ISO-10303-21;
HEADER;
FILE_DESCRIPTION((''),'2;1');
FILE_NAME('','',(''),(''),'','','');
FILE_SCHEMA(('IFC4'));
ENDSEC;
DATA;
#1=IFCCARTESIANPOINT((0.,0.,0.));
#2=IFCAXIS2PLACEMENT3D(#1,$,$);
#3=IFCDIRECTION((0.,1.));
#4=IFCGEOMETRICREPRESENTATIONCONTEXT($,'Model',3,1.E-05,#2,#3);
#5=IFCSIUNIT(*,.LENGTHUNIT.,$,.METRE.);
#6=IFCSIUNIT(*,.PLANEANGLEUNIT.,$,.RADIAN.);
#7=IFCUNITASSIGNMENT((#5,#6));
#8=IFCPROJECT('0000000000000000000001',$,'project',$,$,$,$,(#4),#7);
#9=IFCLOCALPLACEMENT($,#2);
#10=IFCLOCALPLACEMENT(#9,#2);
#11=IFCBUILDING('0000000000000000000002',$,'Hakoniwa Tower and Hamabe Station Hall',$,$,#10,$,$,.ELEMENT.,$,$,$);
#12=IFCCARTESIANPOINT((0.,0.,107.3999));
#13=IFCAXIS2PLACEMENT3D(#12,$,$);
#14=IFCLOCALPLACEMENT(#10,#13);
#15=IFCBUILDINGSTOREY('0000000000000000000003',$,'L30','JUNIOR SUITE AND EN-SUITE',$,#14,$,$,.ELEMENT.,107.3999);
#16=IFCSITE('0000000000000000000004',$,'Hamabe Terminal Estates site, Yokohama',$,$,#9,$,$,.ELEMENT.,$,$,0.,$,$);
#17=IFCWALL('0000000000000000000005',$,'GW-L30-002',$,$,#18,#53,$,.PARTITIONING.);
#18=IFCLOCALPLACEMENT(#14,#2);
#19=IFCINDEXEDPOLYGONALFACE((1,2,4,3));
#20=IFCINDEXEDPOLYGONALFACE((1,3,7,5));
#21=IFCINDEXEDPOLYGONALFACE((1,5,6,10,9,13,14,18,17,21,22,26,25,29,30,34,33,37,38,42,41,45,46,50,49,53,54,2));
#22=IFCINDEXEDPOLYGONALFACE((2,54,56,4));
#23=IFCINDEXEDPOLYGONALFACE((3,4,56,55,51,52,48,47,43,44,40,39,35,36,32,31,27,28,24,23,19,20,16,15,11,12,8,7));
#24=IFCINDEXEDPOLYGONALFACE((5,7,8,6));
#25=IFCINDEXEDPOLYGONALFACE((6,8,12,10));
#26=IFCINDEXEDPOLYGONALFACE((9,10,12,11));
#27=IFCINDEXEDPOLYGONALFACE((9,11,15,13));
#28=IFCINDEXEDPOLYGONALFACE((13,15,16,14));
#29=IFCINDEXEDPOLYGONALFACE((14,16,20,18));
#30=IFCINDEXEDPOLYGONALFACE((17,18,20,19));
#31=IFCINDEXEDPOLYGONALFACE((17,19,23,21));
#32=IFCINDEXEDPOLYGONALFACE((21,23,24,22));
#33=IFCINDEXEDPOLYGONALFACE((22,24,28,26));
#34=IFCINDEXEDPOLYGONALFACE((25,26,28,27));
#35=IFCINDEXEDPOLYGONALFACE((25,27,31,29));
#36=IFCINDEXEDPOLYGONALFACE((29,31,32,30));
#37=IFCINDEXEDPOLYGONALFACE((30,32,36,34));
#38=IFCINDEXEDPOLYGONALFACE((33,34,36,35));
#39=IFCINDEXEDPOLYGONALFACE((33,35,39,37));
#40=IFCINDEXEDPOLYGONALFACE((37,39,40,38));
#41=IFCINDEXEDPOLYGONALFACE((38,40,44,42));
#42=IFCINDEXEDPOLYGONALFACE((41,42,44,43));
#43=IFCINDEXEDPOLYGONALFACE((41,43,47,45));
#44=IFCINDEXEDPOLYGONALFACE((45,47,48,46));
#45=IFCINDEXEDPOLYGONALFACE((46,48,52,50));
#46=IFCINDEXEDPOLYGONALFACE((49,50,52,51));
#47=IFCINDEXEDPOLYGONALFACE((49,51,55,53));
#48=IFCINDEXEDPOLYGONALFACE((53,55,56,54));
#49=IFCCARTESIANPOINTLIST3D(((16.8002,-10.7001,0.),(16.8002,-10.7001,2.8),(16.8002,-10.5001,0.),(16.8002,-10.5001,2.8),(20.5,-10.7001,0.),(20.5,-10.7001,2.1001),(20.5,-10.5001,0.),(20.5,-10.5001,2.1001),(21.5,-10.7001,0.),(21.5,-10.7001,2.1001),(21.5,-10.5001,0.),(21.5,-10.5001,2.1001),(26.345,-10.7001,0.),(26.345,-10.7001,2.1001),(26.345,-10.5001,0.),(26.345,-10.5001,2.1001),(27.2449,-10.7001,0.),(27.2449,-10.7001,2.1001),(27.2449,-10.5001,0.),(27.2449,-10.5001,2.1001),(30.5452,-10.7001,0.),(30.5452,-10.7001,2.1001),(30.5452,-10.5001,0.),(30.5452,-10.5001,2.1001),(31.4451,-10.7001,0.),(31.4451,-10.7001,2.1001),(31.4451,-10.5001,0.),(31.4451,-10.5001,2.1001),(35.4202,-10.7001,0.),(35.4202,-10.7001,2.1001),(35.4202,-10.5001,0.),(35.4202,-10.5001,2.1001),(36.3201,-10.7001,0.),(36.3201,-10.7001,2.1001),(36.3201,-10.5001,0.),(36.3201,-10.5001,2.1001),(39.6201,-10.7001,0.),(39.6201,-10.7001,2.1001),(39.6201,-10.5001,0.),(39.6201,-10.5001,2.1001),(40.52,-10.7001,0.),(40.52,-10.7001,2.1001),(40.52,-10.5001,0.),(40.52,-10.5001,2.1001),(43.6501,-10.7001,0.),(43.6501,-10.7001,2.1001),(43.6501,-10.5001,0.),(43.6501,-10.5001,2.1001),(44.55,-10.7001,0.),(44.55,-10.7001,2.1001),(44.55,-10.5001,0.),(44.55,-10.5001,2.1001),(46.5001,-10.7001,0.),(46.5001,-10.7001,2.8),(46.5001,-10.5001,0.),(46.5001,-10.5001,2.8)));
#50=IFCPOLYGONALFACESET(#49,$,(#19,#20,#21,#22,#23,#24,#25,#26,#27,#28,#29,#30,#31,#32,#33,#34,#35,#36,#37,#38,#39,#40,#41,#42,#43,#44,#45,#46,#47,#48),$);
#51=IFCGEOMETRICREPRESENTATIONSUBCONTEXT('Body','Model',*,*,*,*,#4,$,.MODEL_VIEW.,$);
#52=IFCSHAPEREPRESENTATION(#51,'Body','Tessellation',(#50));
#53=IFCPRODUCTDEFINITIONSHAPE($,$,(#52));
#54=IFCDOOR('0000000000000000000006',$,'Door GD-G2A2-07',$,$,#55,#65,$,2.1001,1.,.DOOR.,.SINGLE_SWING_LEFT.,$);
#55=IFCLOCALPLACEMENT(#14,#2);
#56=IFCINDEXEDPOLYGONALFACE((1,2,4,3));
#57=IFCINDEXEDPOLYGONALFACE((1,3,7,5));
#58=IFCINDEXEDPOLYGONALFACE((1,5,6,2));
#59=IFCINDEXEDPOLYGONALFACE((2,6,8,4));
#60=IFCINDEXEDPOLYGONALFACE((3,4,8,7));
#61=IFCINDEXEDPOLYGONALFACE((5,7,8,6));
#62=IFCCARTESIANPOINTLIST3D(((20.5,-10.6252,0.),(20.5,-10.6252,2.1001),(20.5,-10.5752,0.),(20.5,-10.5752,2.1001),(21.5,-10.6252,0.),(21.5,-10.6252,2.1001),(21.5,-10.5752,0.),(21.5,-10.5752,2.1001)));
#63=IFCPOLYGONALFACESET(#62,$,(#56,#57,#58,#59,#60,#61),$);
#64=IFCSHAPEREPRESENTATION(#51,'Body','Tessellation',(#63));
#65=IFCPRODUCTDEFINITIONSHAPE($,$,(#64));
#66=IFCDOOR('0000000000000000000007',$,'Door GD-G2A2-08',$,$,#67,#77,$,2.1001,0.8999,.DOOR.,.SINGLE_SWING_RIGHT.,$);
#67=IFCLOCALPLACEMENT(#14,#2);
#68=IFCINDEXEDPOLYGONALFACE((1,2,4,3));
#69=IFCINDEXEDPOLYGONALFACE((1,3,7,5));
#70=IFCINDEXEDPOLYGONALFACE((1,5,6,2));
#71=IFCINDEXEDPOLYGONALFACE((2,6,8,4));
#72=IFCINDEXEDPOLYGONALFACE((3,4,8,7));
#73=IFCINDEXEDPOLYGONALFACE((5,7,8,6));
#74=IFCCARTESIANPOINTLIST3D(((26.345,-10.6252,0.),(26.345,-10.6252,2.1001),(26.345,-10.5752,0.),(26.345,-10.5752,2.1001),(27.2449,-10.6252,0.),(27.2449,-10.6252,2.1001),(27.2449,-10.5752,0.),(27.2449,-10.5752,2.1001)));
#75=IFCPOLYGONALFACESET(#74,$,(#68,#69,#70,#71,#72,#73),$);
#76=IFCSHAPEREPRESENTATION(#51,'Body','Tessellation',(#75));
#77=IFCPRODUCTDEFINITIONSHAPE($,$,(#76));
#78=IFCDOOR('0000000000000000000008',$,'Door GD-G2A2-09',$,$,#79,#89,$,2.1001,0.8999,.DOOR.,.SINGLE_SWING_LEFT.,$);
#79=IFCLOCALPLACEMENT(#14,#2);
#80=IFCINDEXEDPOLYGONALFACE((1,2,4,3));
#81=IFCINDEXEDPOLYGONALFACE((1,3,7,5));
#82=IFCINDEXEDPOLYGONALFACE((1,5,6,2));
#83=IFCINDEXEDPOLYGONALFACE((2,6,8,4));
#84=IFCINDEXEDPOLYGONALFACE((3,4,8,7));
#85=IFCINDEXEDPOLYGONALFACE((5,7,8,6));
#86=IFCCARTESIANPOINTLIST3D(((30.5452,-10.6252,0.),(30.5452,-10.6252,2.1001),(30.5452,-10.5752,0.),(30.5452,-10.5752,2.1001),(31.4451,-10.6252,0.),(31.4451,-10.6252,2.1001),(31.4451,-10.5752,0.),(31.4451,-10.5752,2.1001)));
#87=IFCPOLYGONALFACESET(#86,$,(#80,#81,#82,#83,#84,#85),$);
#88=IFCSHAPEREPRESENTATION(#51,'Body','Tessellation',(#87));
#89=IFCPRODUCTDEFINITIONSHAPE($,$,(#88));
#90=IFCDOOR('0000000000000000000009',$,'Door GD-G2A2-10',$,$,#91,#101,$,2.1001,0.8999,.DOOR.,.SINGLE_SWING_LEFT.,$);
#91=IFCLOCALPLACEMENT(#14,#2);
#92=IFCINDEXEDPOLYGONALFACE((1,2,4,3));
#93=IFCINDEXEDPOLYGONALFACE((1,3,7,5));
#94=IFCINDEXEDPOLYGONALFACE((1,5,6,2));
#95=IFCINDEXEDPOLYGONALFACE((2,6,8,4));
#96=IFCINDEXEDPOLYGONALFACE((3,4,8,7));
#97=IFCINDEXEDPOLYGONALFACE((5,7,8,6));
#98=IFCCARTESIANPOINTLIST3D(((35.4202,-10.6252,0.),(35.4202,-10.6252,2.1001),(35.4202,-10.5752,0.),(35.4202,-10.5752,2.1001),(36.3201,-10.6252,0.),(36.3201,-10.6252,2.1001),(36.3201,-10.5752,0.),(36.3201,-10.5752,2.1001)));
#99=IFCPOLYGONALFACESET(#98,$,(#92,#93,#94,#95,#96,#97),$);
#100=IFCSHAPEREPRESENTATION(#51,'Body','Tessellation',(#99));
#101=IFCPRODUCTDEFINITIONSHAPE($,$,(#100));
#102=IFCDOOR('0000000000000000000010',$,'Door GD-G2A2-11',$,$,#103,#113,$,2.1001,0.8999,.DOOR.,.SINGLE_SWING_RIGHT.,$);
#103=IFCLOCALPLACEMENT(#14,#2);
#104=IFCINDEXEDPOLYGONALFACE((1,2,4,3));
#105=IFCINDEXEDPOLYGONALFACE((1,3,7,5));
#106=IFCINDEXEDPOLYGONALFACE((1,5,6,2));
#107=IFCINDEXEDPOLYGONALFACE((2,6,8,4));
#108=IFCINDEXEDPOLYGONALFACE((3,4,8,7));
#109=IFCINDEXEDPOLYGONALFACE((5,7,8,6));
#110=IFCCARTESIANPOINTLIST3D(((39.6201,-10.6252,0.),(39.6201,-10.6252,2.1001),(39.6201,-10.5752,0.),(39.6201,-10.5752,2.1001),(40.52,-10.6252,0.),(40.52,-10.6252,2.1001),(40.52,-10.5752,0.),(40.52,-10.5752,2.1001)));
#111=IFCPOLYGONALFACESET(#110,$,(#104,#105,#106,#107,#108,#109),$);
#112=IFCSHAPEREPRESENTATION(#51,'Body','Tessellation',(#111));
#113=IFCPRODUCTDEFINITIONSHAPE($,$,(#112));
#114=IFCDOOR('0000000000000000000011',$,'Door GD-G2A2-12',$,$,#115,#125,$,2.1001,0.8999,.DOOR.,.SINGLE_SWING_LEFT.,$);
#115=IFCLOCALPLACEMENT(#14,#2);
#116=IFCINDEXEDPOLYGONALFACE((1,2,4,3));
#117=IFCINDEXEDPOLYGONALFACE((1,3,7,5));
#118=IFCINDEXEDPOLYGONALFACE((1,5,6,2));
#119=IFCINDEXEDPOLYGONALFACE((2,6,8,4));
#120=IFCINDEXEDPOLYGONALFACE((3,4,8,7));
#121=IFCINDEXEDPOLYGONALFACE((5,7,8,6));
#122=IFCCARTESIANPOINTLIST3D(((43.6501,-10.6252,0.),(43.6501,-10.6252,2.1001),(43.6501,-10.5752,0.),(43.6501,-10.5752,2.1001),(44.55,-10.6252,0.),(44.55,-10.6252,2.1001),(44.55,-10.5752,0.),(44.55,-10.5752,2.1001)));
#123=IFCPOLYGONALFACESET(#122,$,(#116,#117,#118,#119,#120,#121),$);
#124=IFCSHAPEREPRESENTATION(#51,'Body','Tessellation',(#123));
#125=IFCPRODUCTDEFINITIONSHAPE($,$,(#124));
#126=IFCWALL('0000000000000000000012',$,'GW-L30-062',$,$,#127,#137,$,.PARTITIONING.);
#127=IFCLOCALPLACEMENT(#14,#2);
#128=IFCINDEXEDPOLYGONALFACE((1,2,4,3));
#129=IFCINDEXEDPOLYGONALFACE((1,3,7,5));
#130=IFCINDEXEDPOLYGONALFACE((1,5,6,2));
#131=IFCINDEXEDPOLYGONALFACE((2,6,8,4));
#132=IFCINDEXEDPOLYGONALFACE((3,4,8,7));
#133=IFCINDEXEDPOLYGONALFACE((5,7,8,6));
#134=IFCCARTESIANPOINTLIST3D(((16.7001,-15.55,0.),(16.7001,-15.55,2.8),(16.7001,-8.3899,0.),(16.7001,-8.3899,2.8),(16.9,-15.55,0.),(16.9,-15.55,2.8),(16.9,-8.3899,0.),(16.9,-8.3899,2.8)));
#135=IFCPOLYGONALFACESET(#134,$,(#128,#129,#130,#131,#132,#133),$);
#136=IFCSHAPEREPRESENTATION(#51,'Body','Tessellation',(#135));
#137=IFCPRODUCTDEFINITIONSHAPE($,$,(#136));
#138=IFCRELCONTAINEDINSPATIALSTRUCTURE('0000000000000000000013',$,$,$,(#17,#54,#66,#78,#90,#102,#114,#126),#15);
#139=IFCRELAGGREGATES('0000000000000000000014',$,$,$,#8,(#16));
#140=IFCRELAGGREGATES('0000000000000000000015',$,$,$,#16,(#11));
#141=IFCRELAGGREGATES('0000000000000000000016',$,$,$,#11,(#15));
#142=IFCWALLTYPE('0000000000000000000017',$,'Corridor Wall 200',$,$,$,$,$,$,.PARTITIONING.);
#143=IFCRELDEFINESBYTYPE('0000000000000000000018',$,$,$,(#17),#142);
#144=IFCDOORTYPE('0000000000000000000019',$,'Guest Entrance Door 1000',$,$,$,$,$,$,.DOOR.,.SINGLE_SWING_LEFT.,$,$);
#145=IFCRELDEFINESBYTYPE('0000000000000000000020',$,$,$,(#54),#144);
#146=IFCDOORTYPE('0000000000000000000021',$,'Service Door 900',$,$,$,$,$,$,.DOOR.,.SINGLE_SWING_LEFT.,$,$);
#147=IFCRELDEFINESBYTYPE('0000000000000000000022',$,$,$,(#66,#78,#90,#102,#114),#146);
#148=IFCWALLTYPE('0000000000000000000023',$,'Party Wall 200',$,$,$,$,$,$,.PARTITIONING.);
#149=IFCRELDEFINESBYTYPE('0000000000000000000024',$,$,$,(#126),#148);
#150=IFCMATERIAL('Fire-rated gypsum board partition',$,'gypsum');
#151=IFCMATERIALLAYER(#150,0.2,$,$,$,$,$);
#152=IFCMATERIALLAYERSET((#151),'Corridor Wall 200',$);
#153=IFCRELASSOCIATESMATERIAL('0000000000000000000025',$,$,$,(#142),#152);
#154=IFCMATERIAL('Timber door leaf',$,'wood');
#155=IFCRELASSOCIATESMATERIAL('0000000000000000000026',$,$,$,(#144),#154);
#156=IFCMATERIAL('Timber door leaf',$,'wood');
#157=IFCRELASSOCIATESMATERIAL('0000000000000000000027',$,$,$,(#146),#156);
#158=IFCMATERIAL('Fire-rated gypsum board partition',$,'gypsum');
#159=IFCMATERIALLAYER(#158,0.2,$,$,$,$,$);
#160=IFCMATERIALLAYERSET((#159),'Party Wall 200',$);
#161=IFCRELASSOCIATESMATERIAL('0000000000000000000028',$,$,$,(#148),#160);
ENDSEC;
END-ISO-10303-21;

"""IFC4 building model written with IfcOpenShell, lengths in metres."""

from ifc_helpers import new_model, si_unit, direction, frame, frame_2d, origin, place, context, subcontext, project, spatial, rectangle, extrude, material, layer, layer_set, type_object, element, fill, save


model = new_model("IFC4")

# Units and contexts
model_context = context("Model", 3, precision=1e-05, world=origin(), true_north=direction((0.0, 1.0)))
body_context = subcontext(model_context, "Body", "Model", "MODEL_VIEW")
ifc_project = project(units=[si_unit("LENGTHUNIT", "METRE"), si_unit("PLANEANGLEUNIT", "RADIAN")], contexts=[model_context])

# Site, building, storey
site_placement = place(None, origin())
site = spatial("IfcSite", under=ifc_project, at=site_placement, Name="Hamabe Terminal Estates site, Yokohama", CompositionType="ELEMENT", RefElevation=0.0)
building_placement = place(site_placement, origin())
building = spatial("IfcBuilding", under=site, at=building_placement, Name="Hakoniwa Tower and Hamabe Station Hall", CompositionType="ELEMENT")
storey_placement = place(building_placement, frame((0.0, 0.0, 107.3999)))
storey = spatial("IfcBuildingStorey", under=building, at=storey_placement, Name="L30", Description="JUNIOR SUITE AND EN-SUITE", CompositionType="ELEMENT", Elevation=107.3999)

# Wall, openings, doors
ifc_material_1 = material(Name="Fire-rated gypsum board partition", Category="gypsum")
ifc_layer_1 = layer(ifc_material_1, 0.2)
ifc_layer_set_1 = layer_set([ifc_layer_1], Name="Corridor Wall 200")
wall_type_1 = type_object("IfcWallType", Name="Corridor Wall 200", PredefinedType="PARTITIONING", material=ifc_layer_set_1)
wall_1_placement = place(storey_placement, frame((16.8, -10.6001, 0.0), z_axis=(0.0, 0.0, 1.0), x_axis=(1.0, 0.0, 0.0)))
wall_1 = element("IfcWall", 1, at=wall_1_placement, inside=storey, type_object=wall_type_1, Name="GW-L30-002", PredefinedType="PARTITIONING", context=body_context, shape_type="SweptSolid", body=[
    extrude(rectangle(XDim=29.7, YDim=0.2, at=frame_2d((14.8501, 0.0))), origin(), (0.0, 0.0, 1.0), 2.8),
])
opening_1_placement = place(wall_1_placement, frame((3.7, 0.0, 0.0)))
opening_1 = element("IfcOpeningElement", 2, at=opening_1_placement, cuts=wall_1, PredefinedType="OPENING", context=body_context, shape_type="SweptSolid", body=[
    extrude(rectangle(XDim=1.0, YDim=2.1001, at=frame_2d((0.5, 1.05))), frame((0.0, 0.1099, 0.0), z_axis=(0.0, -1.0, 0.0), x_axis=(1.0, 0.0, 0.0)), (0.0, 0.0, 1.0), 0.22),
])
opening_2_placement = place(wall_1_placement, frame((9.5449, 0.0, 0.0)))
opening_2 = element("IfcOpeningElement", 3, at=opening_2_placement, cuts=wall_1, PredefinedType="OPENING", context=body_context, shape_type="SweptSolid", body=[
    extrude(rectangle(XDim=0.8999, YDim=2.1001, at=frame_2d((0.45, 1.05))), frame((0.0, 0.1099, 0.0), z_axis=(0.0, -1.0, 0.0), x_axis=(1.0, 0.0, 0.0)), (0.0, 0.0, 1.0), 0.22),
])
opening_3_placement = place(wall_1_placement, frame((13.7451, 0.0, 0.0)))
opening_3 = element("IfcOpeningElement", 4, at=opening_3_placement, cuts=wall_1, PredefinedType="OPENING", context=body_context, shape_type="SweptSolid", body=[
    extrude(rectangle(XDim=0.8999, YDim=2.1001, at=frame_2d((0.45, 1.05))), frame((0.0, 0.1099, 0.0), z_axis=(0.0, -1.0, 0.0), x_axis=(1.0, 0.0, 0.0)), (0.0, 0.0, 1.0), 0.22),
])
opening_4_placement = place(wall_1_placement, frame((18.6201, 0.0, 0.0)))
opening_4 = element("IfcOpeningElement", 5, at=opening_4_placement, cuts=wall_1, PredefinedType="OPENING", context=body_context, shape_type="SweptSolid", body=[
    extrude(rectangle(XDim=0.8999, YDim=2.1001, at=frame_2d((0.45, 1.05))), frame((0.0, 0.1099, 0.0), z_axis=(0.0, -1.0, 0.0), x_axis=(1.0, 0.0, 0.0)), (0.0, 0.0, 1.0), 0.22),
])
opening_5_placement = place(wall_1_placement, frame((22.8201, 0.0, 0.0)))
opening_5 = element("IfcOpeningElement", 6, at=opening_5_placement, cuts=wall_1, PredefinedType="OPENING", context=body_context, shape_type="SweptSolid", body=[
    extrude(rectangle(XDim=0.8999, YDim=2.1001, at=frame_2d((0.45, 1.05))), frame((0.0, 0.1099, 0.0), z_axis=(0.0, -1.0, 0.0), x_axis=(1.0, 0.0, 0.0)), (0.0, 0.0, 1.0), 0.22),
])
opening_6_placement = place(wall_1_placement, frame((26.8501, 0.0, 0.0)))
opening_6 = element("IfcOpeningElement", 7, at=opening_6_placement, cuts=wall_1, PredefinedType="OPENING", context=body_context, shape_type="SweptSolid", body=[
    extrude(rectangle(XDim=0.8999, YDim=2.1001, at=frame_2d((0.45, 1.05))), frame((0.0, 0.1099, 0.0), z_axis=(0.0, -1.0, 0.0), x_axis=(1.0, 0.0, 0.0)), (0.0, 0.0, 1.0), 0.22),
])
ifc_material_2 = material(Name="Timber door leaf", Category="wood")
door_type_1 = type_object("IfcDoorType", Name="Guest Entrance Door 1000", OperationType="SINGLE_SWING_LEFT", PredefinedType="DOOR", material=ifc_material_2)
door_1_placement = place(opening_1_placement, origin())
door_1 = element("IfcDoor", 8, at=door_1_placement, inside=storey, type_object=door_type_1, Name="Door GD-G2A2-07", OperationType="SINGLE_SWING_LEFT", OverallHeight=2.1001, OverallWidth=1.0, PredefinedType="DOOR", context=body_context, shape_type="SweptSolid", body=[
    extrude(rectangle(XDim=1.0, YDim=2.1001, at=frame_2d((0.5, 1.05))), frame((0.0, 0.0249, 0.0), z_axis=(0.0, -1.0, 0.0), x_axis=(1.0, 0.0, 0.0)), (0.0, 0.0, 1.0), 0.05),
])
fill(opening_1, door_1)
ifc_material_3 = material(Name="Timber door leaf", Category="wood")
door_type_2 = type_object("IfcDoorType", Name="Service Door 900", OperationType="SINGLE_SWING_LEFT", PredefinedType="DOOR", material=ifc_material_3)
door_2_placement = place(opening_2_placement, origin())
door_2 = element("IfcDoor", 9, at=door_2_placement, inside=storey, type_object=door_type_2, Name="Door GD-G2A2-08", OperationType="SINGLE_SWING_RIGHT", OverallHeight=2.1001, OverallWidth=0.8999, PredefinedType="DOOR", context=body_context, shape_type="SweptSolid", body=[
    extrude(rectangle(XDim=0.8999, YDim=2.1001, at=frame_2d((0.45, 1.05))), frame((0.0, 0.0249, 0.0), z_axis=(0.0, -1.0, 0.0), x_axis=(1.0, 0.0, 0.0)), (0.0, 0.0, 1.0), 0.05),
])
fill(opening_2, door_2)
door_3_placement = place(opening_3_placement, origin())
door_3 = element("IfcDoor", 10, at=door_3_placement, inside=storey, type_object=door_type_2, Name="Door GD-G2A2-09", OperationType="SINGLE_SWING_LEFT", OverallHeight=2.1001, OverallWidth=0.8999, PredefinedType="DOOR", context=body_context, shape_type="SweptSolid", body=[
    extrude(rectangle(XDim=0.8999, YDim=2.1001, at=frame_2d((0.45, 1.05))), frame((0.0, 0.0249, 0.0), z_axis=(0.0, -1.0, 0.0), x_axis=(1.0, 0.0, 0.0)), (0.0, 0.0, 1.0), 0.05),
])
fill(opening_3, door_3)
door_4_placement = place(opening_4_placement, origin())
door_4 = element("IfcDoor", 11, at=door_4_placement, inside=storey, type_object=door_type_2, Name="Door GD-G2A2-10", OperationType="SINGLE_SWING_LEFT", OverallHeight=2.1001, OverallWidth=0.8999, PredefinedType="DOOR", context=body_context, shape_type="SweptSolid", body=[
    extrude(rectangle(XDim=0.8999, YDim=2.1001, at=frame_2d((0.45, 1.05))), frame((0.0, 0.0249, 0.0), z_axis=(0.0, -1.0, 0.0), x_axis=(1.0, 0.0, 0.0)), (0.0, 0.0, 1.0), 0.05),
])
fill(opening_4, door_4)
door_5_placement = place(opening_5_placement, origin())
door_5 = element("IfcDoor", 12, at=door_5_placement, inside=storey, type_object=door_type_2, Name="Door GD-G2A2-11", OperationType="SINGLE_SWING_RIGHT", OverallHeight=2.1001, OverallWidth=0.8999, PredefinedType="DOOR", context=body_context, shape_type="SweptSolid", body=[
    extrude(rectangle(XDim=0.8999, YDim=2.1001, at=frame_2d((0.45, 1.05))), frame((0.0, 0.0249, 0.0), z_axis=(0.0, -1.0, 0.0), x_axis=(1.0, 0.0, 0.0)), (0.0, 0.0, 1.0), 0.05),
])
fill(opening_5, door_5)
door_6_placement = place(opening_6_placement, origin())
door_6 = element("IfcDoor", 13, at=door_6_placement, inside=storey, type_object=door_type_2, Name="Door GD-G2A2-12", OperationType="SINGLE_SWING_LEFT", OverallHeight=2.1001, OverallWidth=0.8999, PredefinedType="DOOR", context=body_context, shape_type="SweptSolid", body=[
    extrude(rectangle(XDim=0.8999, YDim=2.1001, at=frame_2d((0.45, 1.05))), frame((0.0, 0.0249, 0.0), z_axis=(0.0, -1.0, 0.0), x_axis=(1.0, 0.0, 0.0)), (0.0, 0.0, 1.0), 0.05),
])
fill(opening_6, door_6)

# Wall
ifc_material_4 = material(Name="Fire-rated gypsum board partition", Category="gypsum")
ifc_layer_2 = layer(ifc_material_4, 0.2)
ifc_layer_set_2 = layer_set([ifc_layer_2], Name="Party Wall 200")
wall_type_2 = type_object("IfcWallType", Name="Party Wall 200", PredefinedType="PARTITIONING", material=ifc_layer_set_2)
wall_2_placement = place(storey_placement, frame((16.8, -15.55, 0.0), z_axis=(0.0, 0.0, 1.0), x_axis=(0.0, 1.0, 0.0)))
element("IfcWall", 14, at=wall_2_placement, inside=storey, type_object=wall_type_2, Name="GW-L30-062", PredefinedType="PARTITIONING", context=body_context, shape_type="SweptSolid", body=[
    extrude(rectangle(XDim=7.1602, YDim=0.2, at=frame_2d((3.5801, 0.0))), origin(), (0.0, 0.0, 1.0), 2.8),
])

save(model, "model.ifc")
